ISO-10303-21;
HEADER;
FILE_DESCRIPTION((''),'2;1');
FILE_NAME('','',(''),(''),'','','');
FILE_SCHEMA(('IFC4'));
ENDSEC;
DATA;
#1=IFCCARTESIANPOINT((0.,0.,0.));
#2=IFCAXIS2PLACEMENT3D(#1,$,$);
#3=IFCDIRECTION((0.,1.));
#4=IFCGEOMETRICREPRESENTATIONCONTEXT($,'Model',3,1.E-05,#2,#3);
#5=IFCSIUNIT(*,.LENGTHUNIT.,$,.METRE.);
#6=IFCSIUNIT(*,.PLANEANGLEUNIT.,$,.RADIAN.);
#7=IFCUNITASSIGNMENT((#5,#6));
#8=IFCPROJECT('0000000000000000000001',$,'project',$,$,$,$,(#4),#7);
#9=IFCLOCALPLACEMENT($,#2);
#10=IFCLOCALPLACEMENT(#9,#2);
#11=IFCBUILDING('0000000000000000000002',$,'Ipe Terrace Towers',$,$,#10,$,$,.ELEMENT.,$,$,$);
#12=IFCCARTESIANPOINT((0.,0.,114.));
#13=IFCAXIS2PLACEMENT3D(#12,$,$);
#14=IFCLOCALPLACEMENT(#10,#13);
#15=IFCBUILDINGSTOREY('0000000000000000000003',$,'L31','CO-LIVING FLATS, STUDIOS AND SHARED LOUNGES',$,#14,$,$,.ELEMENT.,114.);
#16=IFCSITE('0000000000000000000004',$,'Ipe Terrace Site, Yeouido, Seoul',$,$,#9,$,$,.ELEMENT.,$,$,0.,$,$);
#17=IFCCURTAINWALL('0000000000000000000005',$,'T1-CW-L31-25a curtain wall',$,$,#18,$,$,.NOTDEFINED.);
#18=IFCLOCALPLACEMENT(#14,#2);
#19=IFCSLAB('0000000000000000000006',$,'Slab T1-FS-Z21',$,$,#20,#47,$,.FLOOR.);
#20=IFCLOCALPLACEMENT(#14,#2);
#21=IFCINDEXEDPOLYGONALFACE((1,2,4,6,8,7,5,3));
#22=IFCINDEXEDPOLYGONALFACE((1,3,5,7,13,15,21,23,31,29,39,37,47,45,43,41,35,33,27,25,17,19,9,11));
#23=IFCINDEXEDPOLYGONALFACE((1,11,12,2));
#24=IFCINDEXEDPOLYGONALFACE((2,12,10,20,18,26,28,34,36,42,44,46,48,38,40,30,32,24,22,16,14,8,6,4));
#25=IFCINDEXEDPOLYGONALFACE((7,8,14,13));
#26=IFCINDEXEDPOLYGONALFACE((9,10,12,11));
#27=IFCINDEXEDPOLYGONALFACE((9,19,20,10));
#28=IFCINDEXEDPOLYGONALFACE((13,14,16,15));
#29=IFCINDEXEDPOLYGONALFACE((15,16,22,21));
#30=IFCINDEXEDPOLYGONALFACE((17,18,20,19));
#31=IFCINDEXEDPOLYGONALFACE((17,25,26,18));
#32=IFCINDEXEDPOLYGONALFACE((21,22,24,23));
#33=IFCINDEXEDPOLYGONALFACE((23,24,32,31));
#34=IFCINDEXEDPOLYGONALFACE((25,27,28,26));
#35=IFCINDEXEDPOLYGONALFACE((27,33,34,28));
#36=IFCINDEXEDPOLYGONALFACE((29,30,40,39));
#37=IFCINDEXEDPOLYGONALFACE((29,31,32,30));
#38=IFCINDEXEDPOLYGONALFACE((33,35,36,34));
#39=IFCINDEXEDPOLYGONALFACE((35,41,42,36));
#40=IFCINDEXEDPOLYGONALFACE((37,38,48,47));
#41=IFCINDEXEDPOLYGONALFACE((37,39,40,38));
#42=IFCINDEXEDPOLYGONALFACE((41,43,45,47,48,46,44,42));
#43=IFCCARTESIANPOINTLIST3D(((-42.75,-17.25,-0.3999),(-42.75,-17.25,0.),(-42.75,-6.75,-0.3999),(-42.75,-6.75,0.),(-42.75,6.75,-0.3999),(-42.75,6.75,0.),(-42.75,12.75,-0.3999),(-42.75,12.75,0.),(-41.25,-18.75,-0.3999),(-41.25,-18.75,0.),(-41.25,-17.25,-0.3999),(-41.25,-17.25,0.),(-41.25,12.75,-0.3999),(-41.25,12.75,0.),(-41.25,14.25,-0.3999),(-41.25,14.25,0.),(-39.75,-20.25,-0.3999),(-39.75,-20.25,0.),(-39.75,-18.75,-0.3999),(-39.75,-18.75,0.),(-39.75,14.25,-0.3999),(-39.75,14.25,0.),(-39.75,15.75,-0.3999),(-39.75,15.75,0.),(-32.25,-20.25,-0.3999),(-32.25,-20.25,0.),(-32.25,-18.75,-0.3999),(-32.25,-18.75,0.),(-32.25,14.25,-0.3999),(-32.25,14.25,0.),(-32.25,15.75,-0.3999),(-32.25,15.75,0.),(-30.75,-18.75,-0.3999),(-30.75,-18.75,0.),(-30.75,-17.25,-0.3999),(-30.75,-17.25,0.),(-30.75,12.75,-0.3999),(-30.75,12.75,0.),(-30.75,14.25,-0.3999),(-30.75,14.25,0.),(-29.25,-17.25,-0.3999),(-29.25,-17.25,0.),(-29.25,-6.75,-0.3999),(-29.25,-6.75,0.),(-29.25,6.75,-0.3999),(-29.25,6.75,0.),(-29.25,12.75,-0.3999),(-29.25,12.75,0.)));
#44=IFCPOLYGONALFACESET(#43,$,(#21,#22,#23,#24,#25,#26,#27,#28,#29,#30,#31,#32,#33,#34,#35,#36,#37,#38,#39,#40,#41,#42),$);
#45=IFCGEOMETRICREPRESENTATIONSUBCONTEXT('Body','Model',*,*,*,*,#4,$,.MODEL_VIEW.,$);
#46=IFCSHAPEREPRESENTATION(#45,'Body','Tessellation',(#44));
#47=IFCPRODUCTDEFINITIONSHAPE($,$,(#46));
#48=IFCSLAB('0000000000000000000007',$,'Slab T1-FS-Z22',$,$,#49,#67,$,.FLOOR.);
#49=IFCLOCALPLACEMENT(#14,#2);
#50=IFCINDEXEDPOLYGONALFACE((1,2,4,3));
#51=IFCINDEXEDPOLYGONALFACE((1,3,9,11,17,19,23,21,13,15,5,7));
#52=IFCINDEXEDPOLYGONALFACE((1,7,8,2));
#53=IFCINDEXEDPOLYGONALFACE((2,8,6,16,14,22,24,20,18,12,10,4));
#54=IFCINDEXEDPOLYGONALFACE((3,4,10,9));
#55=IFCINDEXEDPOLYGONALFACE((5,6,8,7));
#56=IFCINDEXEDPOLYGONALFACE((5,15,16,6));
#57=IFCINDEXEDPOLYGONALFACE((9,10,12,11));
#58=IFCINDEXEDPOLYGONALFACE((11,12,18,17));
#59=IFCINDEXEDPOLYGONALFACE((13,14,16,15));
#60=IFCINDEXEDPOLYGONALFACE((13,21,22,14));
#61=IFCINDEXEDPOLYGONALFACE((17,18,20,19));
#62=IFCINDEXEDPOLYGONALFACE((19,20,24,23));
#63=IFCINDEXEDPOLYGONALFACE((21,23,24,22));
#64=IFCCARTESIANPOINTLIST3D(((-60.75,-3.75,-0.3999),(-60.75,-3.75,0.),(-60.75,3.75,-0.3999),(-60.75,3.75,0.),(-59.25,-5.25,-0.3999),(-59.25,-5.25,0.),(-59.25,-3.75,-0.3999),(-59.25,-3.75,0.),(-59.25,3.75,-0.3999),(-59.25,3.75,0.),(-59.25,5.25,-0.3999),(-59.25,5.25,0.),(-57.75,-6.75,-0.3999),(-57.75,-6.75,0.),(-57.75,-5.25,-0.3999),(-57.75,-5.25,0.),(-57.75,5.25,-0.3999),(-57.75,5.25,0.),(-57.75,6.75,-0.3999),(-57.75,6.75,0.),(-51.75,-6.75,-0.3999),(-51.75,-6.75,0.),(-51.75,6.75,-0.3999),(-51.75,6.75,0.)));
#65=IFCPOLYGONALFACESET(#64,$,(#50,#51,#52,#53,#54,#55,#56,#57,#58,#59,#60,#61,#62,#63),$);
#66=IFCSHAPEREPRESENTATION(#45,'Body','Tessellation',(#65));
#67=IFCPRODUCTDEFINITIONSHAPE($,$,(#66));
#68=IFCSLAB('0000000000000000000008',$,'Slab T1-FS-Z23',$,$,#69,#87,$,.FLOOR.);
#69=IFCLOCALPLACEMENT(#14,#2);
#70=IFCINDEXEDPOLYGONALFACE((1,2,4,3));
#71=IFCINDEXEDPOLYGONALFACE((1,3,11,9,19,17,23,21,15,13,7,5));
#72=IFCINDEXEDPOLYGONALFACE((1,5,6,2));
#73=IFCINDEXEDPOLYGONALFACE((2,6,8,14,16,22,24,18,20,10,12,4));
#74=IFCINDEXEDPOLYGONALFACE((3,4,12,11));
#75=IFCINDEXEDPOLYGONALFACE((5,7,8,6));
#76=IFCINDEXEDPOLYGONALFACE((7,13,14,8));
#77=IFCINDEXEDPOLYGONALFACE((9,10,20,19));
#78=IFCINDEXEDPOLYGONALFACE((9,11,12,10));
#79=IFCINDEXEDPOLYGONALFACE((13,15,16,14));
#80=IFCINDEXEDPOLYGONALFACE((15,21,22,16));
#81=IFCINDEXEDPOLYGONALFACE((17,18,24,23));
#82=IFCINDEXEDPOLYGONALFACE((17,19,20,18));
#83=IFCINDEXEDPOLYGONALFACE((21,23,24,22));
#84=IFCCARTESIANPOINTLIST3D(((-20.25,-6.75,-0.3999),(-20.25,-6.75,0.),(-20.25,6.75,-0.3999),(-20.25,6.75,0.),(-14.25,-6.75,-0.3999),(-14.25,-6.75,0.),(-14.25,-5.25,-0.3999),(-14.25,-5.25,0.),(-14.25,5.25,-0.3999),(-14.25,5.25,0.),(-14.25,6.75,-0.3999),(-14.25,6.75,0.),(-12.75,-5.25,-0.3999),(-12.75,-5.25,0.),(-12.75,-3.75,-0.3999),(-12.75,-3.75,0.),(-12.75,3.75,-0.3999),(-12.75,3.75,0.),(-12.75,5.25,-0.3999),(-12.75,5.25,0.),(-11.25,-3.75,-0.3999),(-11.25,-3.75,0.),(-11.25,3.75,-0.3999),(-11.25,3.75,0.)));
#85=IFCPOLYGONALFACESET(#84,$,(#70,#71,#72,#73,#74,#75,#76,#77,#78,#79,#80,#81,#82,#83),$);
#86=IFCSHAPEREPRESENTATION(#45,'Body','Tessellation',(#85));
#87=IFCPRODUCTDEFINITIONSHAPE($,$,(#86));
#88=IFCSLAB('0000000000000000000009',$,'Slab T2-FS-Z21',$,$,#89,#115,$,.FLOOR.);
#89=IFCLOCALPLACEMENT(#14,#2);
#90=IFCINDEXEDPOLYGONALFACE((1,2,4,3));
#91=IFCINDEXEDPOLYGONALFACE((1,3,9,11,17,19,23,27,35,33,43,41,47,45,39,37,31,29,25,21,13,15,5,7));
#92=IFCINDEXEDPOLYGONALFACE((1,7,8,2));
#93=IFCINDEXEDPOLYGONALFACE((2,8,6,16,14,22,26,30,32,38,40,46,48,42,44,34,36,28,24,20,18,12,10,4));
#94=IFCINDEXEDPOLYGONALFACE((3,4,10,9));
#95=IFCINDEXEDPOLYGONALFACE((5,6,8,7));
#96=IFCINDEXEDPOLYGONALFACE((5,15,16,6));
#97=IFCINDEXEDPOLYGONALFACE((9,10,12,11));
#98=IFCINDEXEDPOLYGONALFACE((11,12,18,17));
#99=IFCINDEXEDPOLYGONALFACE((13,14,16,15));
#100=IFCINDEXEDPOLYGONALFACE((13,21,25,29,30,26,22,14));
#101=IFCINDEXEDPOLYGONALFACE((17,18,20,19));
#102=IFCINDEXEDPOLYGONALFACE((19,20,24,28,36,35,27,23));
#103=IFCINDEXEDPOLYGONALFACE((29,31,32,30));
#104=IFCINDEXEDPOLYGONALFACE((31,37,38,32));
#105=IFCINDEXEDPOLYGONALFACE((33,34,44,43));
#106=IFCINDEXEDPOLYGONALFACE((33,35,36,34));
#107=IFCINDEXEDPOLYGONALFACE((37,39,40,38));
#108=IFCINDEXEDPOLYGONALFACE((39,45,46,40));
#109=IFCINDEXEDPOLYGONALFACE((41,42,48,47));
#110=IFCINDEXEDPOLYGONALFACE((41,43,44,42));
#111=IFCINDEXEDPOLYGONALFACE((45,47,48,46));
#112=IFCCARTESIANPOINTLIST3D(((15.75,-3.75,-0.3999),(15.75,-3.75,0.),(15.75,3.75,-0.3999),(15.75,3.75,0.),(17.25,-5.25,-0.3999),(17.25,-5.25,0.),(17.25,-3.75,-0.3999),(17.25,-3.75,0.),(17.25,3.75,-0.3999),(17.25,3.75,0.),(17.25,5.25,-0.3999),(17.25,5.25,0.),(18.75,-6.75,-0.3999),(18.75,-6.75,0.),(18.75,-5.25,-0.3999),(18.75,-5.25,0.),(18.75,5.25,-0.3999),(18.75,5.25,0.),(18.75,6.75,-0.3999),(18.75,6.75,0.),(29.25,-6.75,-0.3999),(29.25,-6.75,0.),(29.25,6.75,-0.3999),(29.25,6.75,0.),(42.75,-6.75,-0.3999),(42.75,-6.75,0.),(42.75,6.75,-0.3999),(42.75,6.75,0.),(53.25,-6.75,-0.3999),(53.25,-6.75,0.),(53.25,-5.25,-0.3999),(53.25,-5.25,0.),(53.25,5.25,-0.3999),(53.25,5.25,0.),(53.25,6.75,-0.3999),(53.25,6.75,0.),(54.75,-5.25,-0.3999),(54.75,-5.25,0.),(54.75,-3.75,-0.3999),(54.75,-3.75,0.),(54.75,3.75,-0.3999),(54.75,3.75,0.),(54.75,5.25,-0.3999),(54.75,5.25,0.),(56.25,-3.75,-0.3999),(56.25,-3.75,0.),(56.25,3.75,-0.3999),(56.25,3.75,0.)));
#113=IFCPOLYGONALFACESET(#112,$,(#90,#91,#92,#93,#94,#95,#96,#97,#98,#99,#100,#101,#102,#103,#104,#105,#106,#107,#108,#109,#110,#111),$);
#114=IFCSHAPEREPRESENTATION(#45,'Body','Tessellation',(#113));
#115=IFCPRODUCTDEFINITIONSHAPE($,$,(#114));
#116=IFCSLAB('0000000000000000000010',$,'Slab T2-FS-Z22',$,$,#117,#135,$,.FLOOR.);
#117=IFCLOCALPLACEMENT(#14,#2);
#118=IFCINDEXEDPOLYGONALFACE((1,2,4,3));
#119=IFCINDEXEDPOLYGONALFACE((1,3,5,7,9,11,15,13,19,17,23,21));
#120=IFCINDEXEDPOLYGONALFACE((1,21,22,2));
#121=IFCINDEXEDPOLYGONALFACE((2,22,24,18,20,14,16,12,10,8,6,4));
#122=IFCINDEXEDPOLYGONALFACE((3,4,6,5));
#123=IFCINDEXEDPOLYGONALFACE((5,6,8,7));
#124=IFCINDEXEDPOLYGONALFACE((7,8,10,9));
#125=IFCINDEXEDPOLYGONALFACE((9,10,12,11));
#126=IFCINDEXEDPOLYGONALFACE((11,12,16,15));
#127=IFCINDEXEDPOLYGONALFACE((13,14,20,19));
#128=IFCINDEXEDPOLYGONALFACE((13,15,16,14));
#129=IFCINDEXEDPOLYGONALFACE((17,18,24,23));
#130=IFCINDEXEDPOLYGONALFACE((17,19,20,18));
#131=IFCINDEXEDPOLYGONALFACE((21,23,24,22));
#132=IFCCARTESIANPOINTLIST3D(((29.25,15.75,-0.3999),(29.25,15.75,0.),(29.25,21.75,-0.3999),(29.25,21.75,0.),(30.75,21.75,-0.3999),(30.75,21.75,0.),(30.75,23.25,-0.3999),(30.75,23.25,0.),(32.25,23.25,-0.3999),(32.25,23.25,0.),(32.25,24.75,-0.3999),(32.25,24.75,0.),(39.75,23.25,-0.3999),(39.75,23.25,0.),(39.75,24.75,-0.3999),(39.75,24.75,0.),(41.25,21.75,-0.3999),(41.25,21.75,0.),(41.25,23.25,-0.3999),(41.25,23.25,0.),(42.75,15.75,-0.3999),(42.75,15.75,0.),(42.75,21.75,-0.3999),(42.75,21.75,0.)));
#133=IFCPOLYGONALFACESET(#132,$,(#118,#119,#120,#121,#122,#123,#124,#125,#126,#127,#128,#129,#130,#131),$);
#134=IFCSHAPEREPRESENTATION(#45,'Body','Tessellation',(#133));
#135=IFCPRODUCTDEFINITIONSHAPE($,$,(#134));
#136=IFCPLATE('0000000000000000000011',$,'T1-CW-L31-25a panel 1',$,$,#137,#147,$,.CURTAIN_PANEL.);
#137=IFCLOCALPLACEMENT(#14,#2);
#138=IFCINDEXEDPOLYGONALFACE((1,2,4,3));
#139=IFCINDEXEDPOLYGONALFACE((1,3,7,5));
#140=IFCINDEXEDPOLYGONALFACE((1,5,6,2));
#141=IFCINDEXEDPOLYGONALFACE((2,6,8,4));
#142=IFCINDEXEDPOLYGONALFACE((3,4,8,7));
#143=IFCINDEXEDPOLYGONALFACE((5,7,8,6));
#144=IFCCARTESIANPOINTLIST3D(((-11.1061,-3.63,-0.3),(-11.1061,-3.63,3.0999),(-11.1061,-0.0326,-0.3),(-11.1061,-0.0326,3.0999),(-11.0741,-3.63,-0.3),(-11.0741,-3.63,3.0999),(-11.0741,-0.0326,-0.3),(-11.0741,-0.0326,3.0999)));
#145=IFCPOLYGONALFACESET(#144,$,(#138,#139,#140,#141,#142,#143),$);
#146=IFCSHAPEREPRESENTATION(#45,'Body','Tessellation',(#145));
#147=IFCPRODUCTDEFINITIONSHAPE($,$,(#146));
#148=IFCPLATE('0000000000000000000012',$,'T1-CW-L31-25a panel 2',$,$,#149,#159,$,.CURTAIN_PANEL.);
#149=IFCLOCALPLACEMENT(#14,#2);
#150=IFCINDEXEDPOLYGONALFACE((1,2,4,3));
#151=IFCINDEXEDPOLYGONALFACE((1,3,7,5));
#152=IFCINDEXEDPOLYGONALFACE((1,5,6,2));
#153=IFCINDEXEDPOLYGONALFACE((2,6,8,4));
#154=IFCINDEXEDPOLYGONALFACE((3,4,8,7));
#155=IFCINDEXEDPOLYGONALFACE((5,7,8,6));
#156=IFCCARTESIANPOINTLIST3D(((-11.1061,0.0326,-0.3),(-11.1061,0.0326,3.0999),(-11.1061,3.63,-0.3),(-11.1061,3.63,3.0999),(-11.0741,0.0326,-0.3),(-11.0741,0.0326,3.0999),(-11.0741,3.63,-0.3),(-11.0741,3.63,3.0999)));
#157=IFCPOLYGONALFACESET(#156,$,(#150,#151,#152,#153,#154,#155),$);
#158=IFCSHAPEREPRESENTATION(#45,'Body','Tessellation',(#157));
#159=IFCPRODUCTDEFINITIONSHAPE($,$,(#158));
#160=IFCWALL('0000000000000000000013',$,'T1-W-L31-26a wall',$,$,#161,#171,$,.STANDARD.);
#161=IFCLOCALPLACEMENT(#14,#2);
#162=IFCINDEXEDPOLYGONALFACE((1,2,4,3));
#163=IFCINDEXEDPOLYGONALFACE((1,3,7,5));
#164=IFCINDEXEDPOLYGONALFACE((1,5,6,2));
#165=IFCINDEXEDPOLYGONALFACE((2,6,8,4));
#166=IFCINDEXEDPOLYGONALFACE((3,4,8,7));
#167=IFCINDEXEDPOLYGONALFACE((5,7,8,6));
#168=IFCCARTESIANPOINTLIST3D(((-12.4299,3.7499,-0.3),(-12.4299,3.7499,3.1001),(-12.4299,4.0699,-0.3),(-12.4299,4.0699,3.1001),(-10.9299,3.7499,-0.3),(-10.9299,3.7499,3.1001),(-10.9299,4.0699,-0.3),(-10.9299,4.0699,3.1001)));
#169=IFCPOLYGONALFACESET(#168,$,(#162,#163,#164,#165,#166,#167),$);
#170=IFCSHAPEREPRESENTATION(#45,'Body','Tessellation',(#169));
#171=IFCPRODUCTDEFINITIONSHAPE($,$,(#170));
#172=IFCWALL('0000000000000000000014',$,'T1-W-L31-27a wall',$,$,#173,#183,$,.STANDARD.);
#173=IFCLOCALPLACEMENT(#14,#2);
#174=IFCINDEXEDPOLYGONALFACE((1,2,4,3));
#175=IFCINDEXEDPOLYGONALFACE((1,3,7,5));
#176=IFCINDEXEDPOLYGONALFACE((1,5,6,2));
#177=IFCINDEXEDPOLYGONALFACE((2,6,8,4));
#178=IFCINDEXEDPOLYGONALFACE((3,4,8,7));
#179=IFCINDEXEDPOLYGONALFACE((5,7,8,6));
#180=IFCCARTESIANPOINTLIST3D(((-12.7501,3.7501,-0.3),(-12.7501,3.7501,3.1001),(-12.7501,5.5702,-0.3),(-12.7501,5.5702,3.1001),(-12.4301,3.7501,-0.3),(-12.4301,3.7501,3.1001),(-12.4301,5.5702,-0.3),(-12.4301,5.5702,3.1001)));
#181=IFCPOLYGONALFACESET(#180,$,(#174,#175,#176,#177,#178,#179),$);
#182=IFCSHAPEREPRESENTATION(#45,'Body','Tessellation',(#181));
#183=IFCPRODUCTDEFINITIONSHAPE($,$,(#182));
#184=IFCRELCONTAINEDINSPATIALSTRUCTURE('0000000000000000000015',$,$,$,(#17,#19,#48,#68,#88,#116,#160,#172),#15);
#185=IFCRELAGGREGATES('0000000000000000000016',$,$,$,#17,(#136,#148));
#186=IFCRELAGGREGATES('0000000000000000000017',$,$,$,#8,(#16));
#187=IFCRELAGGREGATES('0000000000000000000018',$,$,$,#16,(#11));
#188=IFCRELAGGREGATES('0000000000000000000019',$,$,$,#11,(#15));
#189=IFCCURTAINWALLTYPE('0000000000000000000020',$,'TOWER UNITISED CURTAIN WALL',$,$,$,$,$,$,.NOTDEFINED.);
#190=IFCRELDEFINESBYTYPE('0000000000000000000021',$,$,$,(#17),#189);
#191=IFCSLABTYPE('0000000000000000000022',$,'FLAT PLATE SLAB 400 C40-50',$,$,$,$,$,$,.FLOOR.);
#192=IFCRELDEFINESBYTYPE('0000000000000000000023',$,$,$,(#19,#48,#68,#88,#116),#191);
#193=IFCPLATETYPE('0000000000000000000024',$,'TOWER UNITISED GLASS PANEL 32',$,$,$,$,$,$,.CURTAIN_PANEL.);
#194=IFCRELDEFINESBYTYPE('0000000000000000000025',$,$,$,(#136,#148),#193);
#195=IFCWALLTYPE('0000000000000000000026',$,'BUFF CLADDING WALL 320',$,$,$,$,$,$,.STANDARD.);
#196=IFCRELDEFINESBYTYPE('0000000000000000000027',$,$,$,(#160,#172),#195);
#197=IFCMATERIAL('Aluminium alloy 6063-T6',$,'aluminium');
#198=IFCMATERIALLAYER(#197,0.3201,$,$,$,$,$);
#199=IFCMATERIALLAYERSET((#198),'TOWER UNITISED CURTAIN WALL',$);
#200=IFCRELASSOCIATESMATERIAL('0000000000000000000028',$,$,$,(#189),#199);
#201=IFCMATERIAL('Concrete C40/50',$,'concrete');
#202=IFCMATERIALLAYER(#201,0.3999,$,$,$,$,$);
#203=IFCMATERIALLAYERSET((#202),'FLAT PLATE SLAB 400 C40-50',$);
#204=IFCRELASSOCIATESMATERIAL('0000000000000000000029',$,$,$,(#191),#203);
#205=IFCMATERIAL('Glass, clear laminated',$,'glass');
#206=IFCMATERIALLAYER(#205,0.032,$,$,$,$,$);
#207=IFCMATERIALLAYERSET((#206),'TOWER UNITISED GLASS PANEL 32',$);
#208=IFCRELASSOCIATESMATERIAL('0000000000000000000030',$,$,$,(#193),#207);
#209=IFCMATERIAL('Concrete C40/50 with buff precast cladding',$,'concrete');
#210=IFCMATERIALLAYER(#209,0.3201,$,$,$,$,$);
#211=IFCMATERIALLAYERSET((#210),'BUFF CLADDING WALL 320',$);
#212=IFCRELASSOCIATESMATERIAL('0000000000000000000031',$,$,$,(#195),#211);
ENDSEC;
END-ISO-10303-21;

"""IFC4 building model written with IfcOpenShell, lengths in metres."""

from ifc_helpers import new_model, si_unit, direction, frame, frame_2d, origin, origin_2d, place, context, subcontext, project, spatial, polyline, rectangle, outline, extrude, material, layer, layer_set, type_object, element, aggregate, save


model = new_model("IFC4")

# Units and contexts
model_context = context("Model", 3, precision=1e-05, world=origin(), true_north=direction((0.0, 1.0)))
body_context = subcontext(model_context, "Body", "Model", "MODEL_VIEW")
ifc_project = project(units=[si_unit("LENGTHUNIT", "METRE"), si_unit("PLANEANGLEUNIT", "RADIAN")], contexts=[model_context])

# Site, building, storey
site_placement = place(None, origin())
site = spatial("IfcSite", under=ifc_project, at=site_placement, Name="Ipe Terrace Site, Yeouido, Seoul", CompositionType="ELEMENT", RefElevation=0.0)
building_placement = place(site_placement, origin())
building = spatial("IfcBuilding", under=site, at=building_placement, Name="Ipe Terrace Towers", CompositionType="ELEMENT")
storey_placement = place(building_placement, frame((0.0, 0.0, 114.0)))
storey = spatial("IfcBuildingStorey", under=building, at=storey_placement, Name="L31", Description="CO-LIVING FLATS, STUDIOS AND SHARED LOUNGES", CompositionType="ELEMENT", Elevation=114.0)

# Curtain wall
ifc_material_1 = material(Name="Aluminium alloy 6063-T6", Category="aluminium")
ifc_layer_1 = layer(ifc_material_1, 0.3201)
ifc_layer_set_1 = layer_set([ifc_layer_1], Name="TOWER UNITISED CURTAIN WALL")
curtain_wall_type = type_object("IfcCurtainWallType", Name="TOWER UNITISED CURTAIN WALL", PredefinedType="NOTDEFINED", material=ifc_layer_set_1)
curtain_wall_placement = place(storey_placement, origin())
curtain_wall = element("IfcCurtainWall", 1, at=curtain_wall_placement, inside=storey, type_object=curtain_wall_type, Name="T1-CW-L31-25a curtain wall", PredefinedType="NOTDEFINED")

# Slabs
ifc_material_2 = material(Name="Concrete C40/50", Category="concrete")
ifc_layer_2 = layer(ifc_material_2, 0.3999)
ifc_layer_set_2 = layer_set([ifc_layer_2], Name="FLAT PLATE SLAB 400 C40-50")
slab_type_1 = type_object("IfcSlabType", Name="FLAT PLATE SLAB 400 C40-50", PredefinedType="FLOOR", material=ifc_layer_set_2)
slab_1_placement = place(storey_placement, frame((0.0, 0.0, -0.3999)))
element("IfcSlab", 2, at=slab_1_placement, inside=storey, type_object=slab_type_1, Name="Slab T1-FS-Z21", PredefinedType="FLOOR", context=body_context, shape_type="SweptSolid", body=[
    extrude(outline(polyline([(-30.75, -17.25), (-30.75, -18.75), (-32.25, -18.75), (-32.25, -20.25), (-39.75, -20.25), (-39.75, -18.75), (-41.25, -18.75), (-41.25, -17.25), (-42.75, -17.25), (-42.75, -6.75), (-42.75, 6.75), (-42.75, 12.75), (-41.25, 12.75), (-41.25, 14.25), (-39.75, 14.25), (-39.75, 15.75), (-32.25, 15.75), (-32.25, 14.25), (-30.75, 14.25), (-30.75, 12.75), (-29.25, 12.75), (-29.25, 6.75), (-29.25, -6.75), (-29.25, -17.25), (-30.75, -17.25)])), origin(), (0.0, 0.0, 1.0), 0.3999),
])
slab_2_placement = place(storey_placement, frame((0.0, 0.0, -0.3999)))
element("IfcSlab", 3, at=slab_2_placement, inside=storey, type_object=slab_type_1, Name="Slab T1-FS-Z22", PredefinedType="FLOOR", context=body_context, shape_type="SweptSolid", body=[
    extrude(outline(polyline([(-57.75, -6.75), (-57.75, -5.25), (-59.25, -5.25), (-59.25, -3.75), (-60.75, -3.75), (-60.75, 3.75), (-59.25, 3.75), (-59.25, 5.25), (-57.75, 5.25), (-57.75, 6.75), (-51.75, 6.75), (-51.75, -6.75), (-57.75, -6.75)])), origin(), (0.0, 0.0, 1.0), 0.3999),
])
slab_3_placement = place(storey_placement, frame((0.0, 0.0, -0.3999)))
element("IfcSlab", 4, at=slab_3_placement, inside=storey, type_object=slab_type_1, Name="Slab T1-FS-Z23", PredefinedType="FLOOR", context=body_context, shape_type="SweptSolid", body=[
    extrude(outline(polyline([(-14.25, 5.25), (-12.75, 5.25), (-12.75, 3.75), (-11.25, 3.75), (-11.25, -3.75), (-12.75, -3.75), (-12.75, -5.25), (-14.25, -5.25), (-14.25, -6.75), (-20.25, -6.75), (-20.25, 6.75), (-14.25, 6.75), (-14.25, 5.25)])), origin(), (0.0, 0.0, 1.0), 0.3999),
])
slab_4_placement = place(storey_placement, frame((0.0, 0.0, -0.3999)))
element("IfcSlab", 5, at=slab_4_placement, inside=storey, type_object=slab_type_1, Name="Slab T2-FS-Z21", PredefinedType="FLOOR", context=body_context, shape_type="SweptSolid", body=[
    extrude(outline(polyline([(53.25, 5.25), (54.75, 5.25), (54.75, 3.75), (56.25, 3.75), (56.25, -3.75), (54.75, -3.75), (54.75, -5.25), (53.25, -5.25), (53.25, -6.75), (42.75, -6.75), (29.25, -6.75), (18.75, -6.75), (18.75, -5.25), (17.25, -5.25), (17.25, -3.75), (15.75, -3.75), (15.75, 3.75), (17.25, 3.75), (17.25, 5.25), (18.75, 5.25), (18.75, 6.75), (29.25, 6.75), (42.75, 6.75), (53.25, 6.75), (53.25, 5.25)])), origin(), (0.0, 0.0, 1.0), 0.3999),
])
slab_5_placement = place(storey_placement, frame((0.0, 0.0, -0.3999)))
element("IfcSlab", 6, at=slab_5_placement, inside=storey, type_object=slab_type_1, Name="Slab T2-FS-Z22", PredefinedType="FLOOR", context=body_context, shape_type="SweptSolid", body=[
    extrude(outline(polyline([(30.75, 21.75), (30.75, 23.25), (32.25, 23.25), (32.25, 24.75), (39.75, 24.75), (39.75, 23.25), (41.25, 23.25), (41.25, 21.75), (42.75, 21.75), (42.75, 15.75), (29.25, 15.75), (29.25, 21.75), (30.75, 21.75)])), origin(), (0.0, 0.0, 1.0), 0.3999),
])

# Plates
ifc_material_3 = material(Name="Glass, clear laminated", Category="glass")
ifc_layer_3 = layer(ifc_material_3, 0.032)
ifc_layer_set_3 = layer_set([ifc_layer_3], Name="TOWER UNITISED GLASS PANEL 32")
plate_type = type_object("IfcPlateType", Name="TOWER UNITISED GLASS PANEL 32", PredefinedType="CURTAIN_PANEL", material=ifc_layer_set_3)
plate_1_placement = place(storey_placement, frame((-11.0901, -1.8313, -0.3), z_axis=(0.0, 0.0, 1.0), x_axis=(0.0, 1.0, 0.0)))
plate_1 = element("IfcPlate", 7, at=plate_1_placement, type_object=plate_type, Name="T1-CW-L31-25a panel 1", PredefinedType="CURTAIN_PANEL", context=body_context, shape_type="SweptSolid", body=[
    extrude(rectangle(XDim=3.5974, YDim=0.032, at=origin_2d()), origin(), (0.0, 0.0, 1.0), 3.3999),
])
plate_2_placement = place(storey_placement, frame((-11.0901, 1.8313, -0.3), z_axis=(0.0, 0.0, 1.0), x_axis=(0.0, 1.0, 0.0)))
plate_2 = element("IfcPlate", 8, at=plate_2_placement, type_object=plate_type, Name="T1-CW-L31-25a panel 2", PredefinedType="CURTAIN_PANEL", context=body_context, shape_type="SweptSolid", body=[
    extrude(rectangle(XDim=3.5974, YDim=0.032, at=origin_2d()), origin(), (0.0, 0.0, 1.0), 3.3999),
])
aggregate(curtain_wall, [plate_1, plate_2])

# Walls
ifc_material_4 = material(Name="Concrete C40/50 with buff precast cladding", Category="concrete")
ifc_layer_4 = layer(ifc_material_4, 0.3201)
ifc_layer_set_4 = layer_set([ifc_layer_4], Name="BUFF CLADDING WALL 320")
wall_type = type_object("IfcWallType", Name="BUFF CLADDING WALL 320", PredefinedType="STANDARD", material=ifc_layer_set_4)
wall_1_placement = place(storey_placement, frame((-10.9299, 3.9099, -0.3), z_axis=(0.0, 0.0, 1.0), x_axis=(-1.0, 0.0, 0.0)))
element("IfcWall", 9, at=wall_1_placement, inside=storey, type_object=wall_type, Name="T1-W-L31-26a wall", PredefinedType="STANDARD", context=body_context, shape_type="SweptSolid", body=[
    extrude(rectangle(XDim=1.5, YDim=0.3201, at=frame_2d((0.75, 0.0))), origin(), (0.0, 0.0, 1.0), 3.4001),
])
wall_2_placement = place(storey_placement, frame((-12.5901, 3.75, -0.3), z_axis=(0.0, 0.0, 1.0), x_axis=(0.0, 1.0, 0.0)))
element("IfcWall", 10, at=wall_2_placement, inside=storey, type_object=wall_type, Name="T1-W-L31-27a wall", PredefinedType="STANDARD", context=body_context, shape_type="SweptSolid", body=[
    extrude(rectangle(XDim=1.8201, YDim=0.3201, at=frame_2d((0.9102, 0.0))), origin(), (0.0, 0.0, 1.0), 3.4001),
])

save(model, "model.ifc")
